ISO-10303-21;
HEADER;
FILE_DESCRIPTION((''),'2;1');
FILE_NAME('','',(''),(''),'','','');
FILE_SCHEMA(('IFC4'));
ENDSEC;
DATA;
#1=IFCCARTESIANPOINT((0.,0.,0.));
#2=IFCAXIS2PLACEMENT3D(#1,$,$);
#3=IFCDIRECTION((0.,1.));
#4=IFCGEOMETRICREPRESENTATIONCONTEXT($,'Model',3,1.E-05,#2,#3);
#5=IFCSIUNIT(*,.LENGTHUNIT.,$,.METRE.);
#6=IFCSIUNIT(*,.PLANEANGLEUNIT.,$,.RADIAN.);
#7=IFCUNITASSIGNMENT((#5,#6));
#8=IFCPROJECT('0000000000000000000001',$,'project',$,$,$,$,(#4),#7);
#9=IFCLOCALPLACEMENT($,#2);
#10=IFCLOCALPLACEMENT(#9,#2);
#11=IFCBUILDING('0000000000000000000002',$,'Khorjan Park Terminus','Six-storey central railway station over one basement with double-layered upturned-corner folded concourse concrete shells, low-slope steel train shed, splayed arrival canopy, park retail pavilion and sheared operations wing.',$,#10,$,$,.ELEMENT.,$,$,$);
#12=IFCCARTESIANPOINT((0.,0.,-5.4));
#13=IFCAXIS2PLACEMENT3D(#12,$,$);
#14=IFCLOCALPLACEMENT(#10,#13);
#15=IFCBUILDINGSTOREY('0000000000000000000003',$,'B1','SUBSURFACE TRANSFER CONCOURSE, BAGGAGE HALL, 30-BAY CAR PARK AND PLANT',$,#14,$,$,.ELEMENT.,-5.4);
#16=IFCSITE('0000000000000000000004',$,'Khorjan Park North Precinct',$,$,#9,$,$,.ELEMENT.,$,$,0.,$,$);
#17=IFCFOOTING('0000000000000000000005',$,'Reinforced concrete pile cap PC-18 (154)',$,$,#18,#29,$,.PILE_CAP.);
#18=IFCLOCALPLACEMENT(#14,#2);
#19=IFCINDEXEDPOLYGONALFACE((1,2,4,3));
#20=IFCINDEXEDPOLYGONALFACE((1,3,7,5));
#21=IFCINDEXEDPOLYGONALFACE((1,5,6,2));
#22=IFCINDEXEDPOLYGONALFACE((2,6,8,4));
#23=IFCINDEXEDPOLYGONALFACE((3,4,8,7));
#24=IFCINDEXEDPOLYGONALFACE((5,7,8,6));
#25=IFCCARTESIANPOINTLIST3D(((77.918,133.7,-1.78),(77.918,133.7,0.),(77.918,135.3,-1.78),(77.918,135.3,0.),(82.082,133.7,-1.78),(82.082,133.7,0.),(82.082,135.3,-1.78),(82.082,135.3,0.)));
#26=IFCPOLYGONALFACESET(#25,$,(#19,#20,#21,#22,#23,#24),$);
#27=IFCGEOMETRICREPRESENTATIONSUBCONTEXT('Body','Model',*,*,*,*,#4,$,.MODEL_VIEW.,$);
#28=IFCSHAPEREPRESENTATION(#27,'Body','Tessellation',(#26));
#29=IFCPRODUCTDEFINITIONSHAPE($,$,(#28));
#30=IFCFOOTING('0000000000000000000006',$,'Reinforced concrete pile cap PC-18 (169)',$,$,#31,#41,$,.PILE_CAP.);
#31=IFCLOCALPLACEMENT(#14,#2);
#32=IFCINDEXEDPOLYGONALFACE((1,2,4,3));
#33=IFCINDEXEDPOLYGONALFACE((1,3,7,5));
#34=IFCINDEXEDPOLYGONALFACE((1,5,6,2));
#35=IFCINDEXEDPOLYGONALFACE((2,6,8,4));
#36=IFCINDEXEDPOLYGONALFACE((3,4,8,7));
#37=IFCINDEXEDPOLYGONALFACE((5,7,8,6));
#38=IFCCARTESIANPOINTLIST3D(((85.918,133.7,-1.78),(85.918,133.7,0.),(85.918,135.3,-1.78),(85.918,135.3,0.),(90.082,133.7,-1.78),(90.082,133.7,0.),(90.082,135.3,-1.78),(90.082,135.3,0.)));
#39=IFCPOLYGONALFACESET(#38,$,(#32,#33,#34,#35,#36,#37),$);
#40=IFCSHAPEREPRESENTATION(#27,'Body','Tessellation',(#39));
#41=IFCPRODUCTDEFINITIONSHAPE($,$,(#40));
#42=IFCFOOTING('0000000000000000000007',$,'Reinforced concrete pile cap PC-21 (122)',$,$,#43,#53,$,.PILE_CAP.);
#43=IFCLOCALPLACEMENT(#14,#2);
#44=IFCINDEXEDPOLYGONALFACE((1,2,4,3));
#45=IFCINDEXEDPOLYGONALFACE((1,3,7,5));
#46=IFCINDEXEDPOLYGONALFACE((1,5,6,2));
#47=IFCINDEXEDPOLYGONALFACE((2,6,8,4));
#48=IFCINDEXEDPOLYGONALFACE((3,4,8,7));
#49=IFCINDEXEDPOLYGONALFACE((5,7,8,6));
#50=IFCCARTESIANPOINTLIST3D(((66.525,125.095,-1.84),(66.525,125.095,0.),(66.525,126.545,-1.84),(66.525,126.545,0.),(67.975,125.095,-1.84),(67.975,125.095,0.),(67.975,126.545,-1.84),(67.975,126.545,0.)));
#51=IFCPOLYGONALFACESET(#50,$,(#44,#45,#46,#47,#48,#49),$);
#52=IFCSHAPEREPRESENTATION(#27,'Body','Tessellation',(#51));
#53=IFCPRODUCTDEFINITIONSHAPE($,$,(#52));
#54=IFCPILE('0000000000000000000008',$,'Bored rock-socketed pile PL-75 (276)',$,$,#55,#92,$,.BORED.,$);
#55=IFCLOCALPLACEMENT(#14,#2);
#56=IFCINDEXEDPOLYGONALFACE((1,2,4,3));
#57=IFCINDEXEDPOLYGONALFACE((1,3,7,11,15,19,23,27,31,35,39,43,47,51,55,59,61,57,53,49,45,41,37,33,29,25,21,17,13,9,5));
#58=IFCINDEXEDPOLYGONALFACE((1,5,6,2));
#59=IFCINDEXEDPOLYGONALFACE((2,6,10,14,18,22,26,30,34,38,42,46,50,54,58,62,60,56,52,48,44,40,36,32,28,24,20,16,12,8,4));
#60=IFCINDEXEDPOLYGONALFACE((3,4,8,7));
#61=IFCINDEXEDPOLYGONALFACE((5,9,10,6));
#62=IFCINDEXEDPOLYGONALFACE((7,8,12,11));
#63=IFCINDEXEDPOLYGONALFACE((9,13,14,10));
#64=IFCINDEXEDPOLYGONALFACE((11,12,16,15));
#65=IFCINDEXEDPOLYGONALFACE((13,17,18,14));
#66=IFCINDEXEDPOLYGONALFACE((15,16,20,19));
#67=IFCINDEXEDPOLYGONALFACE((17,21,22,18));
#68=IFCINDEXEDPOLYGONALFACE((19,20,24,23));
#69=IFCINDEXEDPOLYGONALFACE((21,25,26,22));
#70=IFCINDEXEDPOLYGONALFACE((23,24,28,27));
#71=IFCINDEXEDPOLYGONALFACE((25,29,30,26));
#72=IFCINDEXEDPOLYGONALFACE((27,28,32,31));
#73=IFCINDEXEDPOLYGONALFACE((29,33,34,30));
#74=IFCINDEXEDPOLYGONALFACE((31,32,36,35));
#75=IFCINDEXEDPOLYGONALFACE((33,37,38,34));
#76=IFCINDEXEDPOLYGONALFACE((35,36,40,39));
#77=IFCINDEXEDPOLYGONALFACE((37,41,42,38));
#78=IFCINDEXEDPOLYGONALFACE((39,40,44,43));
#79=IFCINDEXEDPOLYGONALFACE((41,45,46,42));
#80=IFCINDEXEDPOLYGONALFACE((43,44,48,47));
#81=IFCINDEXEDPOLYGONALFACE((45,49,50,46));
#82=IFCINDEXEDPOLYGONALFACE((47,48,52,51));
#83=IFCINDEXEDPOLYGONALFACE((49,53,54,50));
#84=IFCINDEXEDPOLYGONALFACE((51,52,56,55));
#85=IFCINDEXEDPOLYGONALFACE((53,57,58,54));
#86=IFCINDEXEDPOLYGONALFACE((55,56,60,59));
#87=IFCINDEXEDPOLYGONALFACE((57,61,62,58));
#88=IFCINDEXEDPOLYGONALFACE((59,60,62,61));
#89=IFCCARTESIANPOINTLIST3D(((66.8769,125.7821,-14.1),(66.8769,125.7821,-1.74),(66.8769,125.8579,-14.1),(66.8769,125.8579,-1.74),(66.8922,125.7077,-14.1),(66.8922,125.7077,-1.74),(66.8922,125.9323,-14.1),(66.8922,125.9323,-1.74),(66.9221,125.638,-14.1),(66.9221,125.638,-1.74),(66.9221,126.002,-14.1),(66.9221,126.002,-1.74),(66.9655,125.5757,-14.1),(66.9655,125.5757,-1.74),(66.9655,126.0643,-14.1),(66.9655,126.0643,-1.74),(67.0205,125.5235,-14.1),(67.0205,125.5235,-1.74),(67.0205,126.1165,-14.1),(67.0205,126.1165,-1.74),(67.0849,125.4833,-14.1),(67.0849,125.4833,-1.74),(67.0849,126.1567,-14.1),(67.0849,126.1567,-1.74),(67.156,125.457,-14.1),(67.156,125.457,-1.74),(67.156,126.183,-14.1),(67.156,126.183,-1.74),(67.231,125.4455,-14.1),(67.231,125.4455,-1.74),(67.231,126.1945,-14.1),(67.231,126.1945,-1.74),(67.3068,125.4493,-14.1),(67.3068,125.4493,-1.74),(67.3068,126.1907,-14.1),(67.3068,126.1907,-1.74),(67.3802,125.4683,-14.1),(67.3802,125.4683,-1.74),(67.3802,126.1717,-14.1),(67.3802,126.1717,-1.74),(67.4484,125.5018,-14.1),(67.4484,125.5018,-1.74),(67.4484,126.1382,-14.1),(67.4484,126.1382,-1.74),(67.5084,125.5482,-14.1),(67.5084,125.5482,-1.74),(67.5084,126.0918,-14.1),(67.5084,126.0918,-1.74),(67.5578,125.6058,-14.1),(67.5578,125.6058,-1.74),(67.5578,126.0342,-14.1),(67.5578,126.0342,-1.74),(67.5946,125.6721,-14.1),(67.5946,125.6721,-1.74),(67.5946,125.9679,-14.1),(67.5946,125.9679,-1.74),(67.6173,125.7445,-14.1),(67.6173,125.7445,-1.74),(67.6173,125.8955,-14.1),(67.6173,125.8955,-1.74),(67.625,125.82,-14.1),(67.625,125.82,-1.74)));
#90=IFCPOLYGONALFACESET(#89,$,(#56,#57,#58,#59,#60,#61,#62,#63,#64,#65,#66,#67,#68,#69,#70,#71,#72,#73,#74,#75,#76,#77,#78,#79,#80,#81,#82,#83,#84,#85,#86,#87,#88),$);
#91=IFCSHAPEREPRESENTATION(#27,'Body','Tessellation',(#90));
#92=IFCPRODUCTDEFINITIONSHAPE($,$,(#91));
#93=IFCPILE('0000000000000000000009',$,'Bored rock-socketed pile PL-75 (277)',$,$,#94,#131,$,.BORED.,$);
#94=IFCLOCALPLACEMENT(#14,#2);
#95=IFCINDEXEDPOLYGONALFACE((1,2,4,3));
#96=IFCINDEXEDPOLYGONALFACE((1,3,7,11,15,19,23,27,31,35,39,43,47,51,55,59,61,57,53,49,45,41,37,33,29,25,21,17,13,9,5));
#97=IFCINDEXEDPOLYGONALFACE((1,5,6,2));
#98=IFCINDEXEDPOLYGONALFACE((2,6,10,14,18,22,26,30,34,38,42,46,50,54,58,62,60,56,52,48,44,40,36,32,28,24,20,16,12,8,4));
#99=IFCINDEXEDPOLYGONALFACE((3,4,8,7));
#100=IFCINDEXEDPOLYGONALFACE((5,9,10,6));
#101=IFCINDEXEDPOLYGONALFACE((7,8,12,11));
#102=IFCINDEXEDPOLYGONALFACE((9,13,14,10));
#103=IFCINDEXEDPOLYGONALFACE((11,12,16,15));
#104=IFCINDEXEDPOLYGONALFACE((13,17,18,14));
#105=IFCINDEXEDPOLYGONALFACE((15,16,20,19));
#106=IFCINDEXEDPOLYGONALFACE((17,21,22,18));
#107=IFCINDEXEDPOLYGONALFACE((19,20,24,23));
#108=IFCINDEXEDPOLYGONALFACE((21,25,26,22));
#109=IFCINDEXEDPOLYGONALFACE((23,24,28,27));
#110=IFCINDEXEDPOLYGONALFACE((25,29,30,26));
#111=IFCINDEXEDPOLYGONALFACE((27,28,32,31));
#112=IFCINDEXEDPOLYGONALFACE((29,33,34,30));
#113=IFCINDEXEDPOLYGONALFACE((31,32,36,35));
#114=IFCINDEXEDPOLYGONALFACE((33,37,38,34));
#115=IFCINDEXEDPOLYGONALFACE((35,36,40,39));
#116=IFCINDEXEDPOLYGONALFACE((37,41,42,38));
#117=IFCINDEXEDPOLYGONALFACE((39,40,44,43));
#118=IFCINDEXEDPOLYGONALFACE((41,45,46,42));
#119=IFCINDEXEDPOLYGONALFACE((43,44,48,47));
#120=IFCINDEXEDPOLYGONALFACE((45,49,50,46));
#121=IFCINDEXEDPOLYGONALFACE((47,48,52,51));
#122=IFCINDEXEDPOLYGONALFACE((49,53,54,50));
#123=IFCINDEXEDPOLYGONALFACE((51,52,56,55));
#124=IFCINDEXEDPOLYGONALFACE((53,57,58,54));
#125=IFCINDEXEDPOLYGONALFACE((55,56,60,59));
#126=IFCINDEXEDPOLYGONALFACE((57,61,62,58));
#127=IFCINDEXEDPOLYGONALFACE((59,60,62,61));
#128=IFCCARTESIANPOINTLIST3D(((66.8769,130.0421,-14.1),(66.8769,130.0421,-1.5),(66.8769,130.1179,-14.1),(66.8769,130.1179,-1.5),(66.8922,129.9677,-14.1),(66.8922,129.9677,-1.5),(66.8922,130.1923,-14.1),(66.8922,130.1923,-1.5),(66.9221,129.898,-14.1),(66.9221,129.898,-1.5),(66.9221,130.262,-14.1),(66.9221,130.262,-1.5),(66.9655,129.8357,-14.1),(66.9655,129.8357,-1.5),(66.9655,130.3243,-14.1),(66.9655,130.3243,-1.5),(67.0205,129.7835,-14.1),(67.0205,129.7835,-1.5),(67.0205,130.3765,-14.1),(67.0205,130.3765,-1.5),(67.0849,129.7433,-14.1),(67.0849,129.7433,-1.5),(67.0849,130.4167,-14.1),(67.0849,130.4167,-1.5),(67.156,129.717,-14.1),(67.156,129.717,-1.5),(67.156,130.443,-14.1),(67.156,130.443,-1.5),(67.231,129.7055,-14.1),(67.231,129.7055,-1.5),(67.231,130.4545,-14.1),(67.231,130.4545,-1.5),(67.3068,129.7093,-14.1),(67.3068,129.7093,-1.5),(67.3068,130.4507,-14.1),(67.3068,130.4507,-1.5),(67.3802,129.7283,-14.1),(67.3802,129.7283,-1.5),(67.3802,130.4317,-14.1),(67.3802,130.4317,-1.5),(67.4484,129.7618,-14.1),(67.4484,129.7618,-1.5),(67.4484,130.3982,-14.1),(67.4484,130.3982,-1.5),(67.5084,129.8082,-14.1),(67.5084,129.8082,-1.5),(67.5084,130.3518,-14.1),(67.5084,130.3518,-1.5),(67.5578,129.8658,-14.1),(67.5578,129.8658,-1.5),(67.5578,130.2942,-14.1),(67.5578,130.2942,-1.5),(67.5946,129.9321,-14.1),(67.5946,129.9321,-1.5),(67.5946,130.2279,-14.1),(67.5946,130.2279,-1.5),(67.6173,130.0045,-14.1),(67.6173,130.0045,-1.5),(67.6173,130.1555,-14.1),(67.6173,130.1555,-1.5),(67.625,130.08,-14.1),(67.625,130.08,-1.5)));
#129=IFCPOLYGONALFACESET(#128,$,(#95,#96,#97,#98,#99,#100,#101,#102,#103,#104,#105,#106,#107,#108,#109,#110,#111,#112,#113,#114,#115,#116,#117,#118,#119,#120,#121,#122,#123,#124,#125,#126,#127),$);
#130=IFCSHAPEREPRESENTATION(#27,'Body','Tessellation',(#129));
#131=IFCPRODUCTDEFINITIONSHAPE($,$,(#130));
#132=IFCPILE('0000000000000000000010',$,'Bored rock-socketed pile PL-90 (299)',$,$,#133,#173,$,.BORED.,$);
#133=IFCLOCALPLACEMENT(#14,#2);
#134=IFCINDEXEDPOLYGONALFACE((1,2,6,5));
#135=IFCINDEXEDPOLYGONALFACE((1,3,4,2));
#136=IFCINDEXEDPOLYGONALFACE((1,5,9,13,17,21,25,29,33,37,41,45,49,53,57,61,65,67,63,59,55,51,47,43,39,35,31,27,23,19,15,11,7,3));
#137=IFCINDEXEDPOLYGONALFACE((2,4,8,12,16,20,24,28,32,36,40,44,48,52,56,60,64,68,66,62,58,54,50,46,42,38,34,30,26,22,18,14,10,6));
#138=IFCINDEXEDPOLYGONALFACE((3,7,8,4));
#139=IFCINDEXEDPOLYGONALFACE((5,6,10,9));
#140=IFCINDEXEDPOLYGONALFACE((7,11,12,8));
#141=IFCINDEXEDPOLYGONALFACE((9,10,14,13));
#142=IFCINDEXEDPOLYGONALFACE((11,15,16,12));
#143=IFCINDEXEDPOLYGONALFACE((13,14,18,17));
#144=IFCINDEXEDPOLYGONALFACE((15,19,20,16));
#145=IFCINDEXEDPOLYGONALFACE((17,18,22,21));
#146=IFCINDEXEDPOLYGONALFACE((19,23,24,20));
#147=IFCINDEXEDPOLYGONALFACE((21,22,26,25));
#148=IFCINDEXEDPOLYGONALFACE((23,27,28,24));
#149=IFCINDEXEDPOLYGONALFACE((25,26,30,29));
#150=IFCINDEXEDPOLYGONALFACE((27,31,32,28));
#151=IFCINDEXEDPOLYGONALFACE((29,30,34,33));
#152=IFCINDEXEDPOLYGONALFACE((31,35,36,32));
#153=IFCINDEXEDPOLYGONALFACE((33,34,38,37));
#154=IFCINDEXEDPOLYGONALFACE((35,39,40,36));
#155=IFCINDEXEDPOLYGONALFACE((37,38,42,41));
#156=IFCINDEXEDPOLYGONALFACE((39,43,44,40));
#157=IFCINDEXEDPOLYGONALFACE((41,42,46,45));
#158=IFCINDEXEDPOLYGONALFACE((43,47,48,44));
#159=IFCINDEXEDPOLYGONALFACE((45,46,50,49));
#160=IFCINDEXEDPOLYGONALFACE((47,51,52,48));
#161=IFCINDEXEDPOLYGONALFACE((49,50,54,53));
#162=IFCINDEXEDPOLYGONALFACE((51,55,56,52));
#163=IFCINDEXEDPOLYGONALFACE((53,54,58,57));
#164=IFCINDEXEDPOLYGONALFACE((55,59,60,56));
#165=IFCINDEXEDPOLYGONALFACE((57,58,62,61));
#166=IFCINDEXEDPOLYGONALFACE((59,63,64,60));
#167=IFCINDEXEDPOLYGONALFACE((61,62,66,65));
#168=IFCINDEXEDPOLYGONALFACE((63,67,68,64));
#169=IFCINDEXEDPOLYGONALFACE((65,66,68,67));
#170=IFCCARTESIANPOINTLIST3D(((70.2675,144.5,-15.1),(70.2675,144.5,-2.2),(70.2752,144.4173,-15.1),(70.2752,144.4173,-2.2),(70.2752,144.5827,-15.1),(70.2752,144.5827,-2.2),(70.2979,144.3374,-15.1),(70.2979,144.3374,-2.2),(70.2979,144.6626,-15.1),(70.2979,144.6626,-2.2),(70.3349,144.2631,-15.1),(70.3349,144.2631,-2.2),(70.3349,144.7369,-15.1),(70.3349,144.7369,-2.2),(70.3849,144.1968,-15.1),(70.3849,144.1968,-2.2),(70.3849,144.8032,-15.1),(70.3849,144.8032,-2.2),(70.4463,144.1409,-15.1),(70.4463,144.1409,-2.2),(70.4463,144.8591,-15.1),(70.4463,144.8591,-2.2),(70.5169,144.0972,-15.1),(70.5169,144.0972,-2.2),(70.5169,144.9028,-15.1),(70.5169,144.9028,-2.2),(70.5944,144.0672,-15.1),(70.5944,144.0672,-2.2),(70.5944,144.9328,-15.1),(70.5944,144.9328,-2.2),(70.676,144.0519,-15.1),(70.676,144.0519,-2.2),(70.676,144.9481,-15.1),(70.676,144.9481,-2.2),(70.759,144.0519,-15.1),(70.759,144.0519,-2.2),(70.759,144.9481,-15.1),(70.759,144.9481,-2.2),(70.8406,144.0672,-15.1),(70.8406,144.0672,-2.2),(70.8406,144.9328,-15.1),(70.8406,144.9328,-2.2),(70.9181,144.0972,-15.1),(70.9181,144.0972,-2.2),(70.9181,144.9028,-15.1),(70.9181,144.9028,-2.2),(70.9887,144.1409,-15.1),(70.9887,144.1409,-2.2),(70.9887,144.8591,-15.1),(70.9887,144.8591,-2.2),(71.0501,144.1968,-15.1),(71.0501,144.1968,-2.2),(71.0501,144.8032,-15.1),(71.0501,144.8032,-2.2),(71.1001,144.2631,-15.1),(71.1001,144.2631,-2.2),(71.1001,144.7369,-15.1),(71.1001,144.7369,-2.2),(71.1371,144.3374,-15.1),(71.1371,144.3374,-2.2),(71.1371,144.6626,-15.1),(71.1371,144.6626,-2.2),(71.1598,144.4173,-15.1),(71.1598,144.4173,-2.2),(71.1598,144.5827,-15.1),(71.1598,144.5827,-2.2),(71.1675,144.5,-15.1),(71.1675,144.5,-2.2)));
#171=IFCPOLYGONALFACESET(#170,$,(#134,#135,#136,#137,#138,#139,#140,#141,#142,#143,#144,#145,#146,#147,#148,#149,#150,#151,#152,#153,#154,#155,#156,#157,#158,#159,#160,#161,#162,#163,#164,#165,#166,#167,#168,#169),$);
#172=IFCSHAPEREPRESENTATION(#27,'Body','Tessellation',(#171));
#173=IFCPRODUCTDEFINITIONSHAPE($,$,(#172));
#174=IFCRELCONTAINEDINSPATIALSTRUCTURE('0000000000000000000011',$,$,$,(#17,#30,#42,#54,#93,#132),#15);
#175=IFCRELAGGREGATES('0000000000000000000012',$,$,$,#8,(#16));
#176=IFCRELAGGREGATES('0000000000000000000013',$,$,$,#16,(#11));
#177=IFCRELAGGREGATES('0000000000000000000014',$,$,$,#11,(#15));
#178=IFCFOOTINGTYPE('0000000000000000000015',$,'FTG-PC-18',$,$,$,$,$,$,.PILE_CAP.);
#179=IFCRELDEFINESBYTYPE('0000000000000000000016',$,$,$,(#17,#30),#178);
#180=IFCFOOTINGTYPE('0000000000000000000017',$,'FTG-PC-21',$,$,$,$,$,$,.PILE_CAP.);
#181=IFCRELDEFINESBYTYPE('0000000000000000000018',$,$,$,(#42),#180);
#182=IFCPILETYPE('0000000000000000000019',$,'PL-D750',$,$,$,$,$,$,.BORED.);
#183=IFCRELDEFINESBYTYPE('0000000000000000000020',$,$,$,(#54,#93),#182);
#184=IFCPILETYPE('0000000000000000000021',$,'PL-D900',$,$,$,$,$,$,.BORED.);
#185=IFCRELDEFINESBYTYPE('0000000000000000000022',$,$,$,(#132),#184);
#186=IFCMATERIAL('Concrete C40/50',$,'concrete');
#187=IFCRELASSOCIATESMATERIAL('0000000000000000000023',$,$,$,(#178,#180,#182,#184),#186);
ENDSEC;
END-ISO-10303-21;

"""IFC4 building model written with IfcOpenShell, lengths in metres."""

from ifc_helpers import new_model, si_unit, direction, frame, origin, origin_2d, place, context, subcontext, project, spatial, rectangle, circle, extrude, material, material_profile, profile_set, type_object, element, save


model = new_model("IFC4")

# Units and contexts
model_context = context("Model", 3, precision=1e-05, world=origin(), true_north=direction((0.0, 1.0)))
body_context = subcontext(model_context, "Body", "Model", "MODEL_VIEW")
ifc_project = project(units=[si_unit("LENGTHUNIT", "METRE"), si_unit("PLANEANGLEUNIT", "RADIAN")], contexts=[model_context])

# Site, building, storey
site_placement = place(None, origin())
site = spatial("IfcSite", under=ifc_project, at=site_placement, Name="Khorjan Park North Precinct", CompositionType="ELEMENT", RefElevation=0.0)
building_placement = place(site_placement, origin())
building = spatial("IfcBuilding", under=site, at=building_placement, Name="Khorjan Park Terminus", Description="Six-storey central railway station over one basement with double-layered upturned-corner folded concourse concrete shells, low-slope steel train shed, splayed arrival canopy, park retail pavilion and sheared operations wing.", CompositionType="ELEMENT")
storey_placement = place(building_placement, frame((0.0, 0.0, -5.4)))
storey = spatial("IfcBuildingStorey", under=building, at=storey_placement, Name="B1", Description="SUBSURFACE TRANSFER CONCOURSE, BAGGAGE HALL, 30-BAY CAR PARK AND PLANT", CompositionType="ELEMENT", Elevation=-5.4)

# Footings
ifc_material_1 = material(Name="Concrete C40/50", Category="concrete")
footing_type_1 = type_object("IfcFootingType", Name="FTG-PC-18", PredefinedType="PILE_CAP", material=ifc_material_1)
for number, where, z_axis, x_axis, name in (
    (1, (80.0, 134.5, -1.78), (0.0, 0.0, 1.0), (1.0, 0.0, 0.0), "Reinforced concrete pile cap PC-18 (154)"),
    (2, (88.0, 134.5, -1.78), (0.0, 0.0, 1.0), (1.0, 0.0, 0.0), "Reinforced concrete pile cap PC-18 (169)"),
):
    element("IfcFooting", number, at=place(storey_placement, frame(where, z_axis=z_axis, x_axis=x_axis)), inside=storey, type_object=footing_type_1, Name=name, PredefinedType="PILE_CAP", context=body_context, shape_type="SweptSolid", body=[
        extrude(rectangle(XDim=4.164, YDim=1.6, at=origin_2d()), origin(), (0.0, 0.0, 1.0), 1.78),
    ])
footing_type_2 = type_object("IfcFootingType", Name="FTG-PC-21", PredefinedType="PILE_CAP", material=ifc_material_1)
footing_1_placement = place(storey_placement, frame((67.25, 125.82, -1.84), z_axis=(0.0, 0.0, 1.0), x_axis=(1.0, 0.0, 0.0)))
element("IfcFooting", 3, at=footing_1_placement, inside=storey, type_object=footing_type_2, Name="Reinforced concrete pile cap PC-21 (122)", PredefinedType="PILE_CAP", context=body_context, shape_type="SweptSolid", body=[
    extrude(rectangle(XDim=1.45, YDim=1.45, at=origin_2d()), origin(), (0.0, 0.0, 1.0), 1.84),
])

# Piles
ifc_material_profile_1 = material_profile(ifc_material_1, circle(Radius=0.375, at=origin_2d()), Name="BORED D750")
ifc_profile_set_1 = profile_set([ifc_material_profile_1], Name="Concrete C40/50")
pile_type_1 = type_object("IfcPileType", Name="PL-D750", PredefinedType="BORED", material=ifc_profile_set_1)
pile_1_placement = place(storey_placement, frame((67.25, 125.82, -1.74), z_axis=(0.0, 0.0, -1.0), x_axis=(1.0, 0.0, 0.0)))
element("IfcPile", 4, at=pile_1_placement, inside=storey, type_object=pile_type_1, Name="Bored rock-socketed pile PL-75 (276)", PredefinedType="BORED", context=body_context, shape_type="SweptSolid", body=[
    extrude(circle(Radius=0.375, at=origin_2d()), origin(), (0.0, 0.0, 1.0), 12.36),
])
pile_2_placement = place(storey_placement, frame((67.25, 130.08, -1.5), z_axis=(0.0, 0.0, -1.0), x_axis=(1.0, 0.0, 0.0)))
element("IfcPile", 5, at=pile_2_placement, inside=storey, type_object=pile_type_1, Name="Bored rock-socketed pile PL-75 (277)", PredefinedType="BORED", context=body_context, shape_type="SweptSolid", body=[
    extrude(circle(Radius=0.375, at=origin_2d()), origin(), (0.0, 0.0, 1.0), 12.6),
])
ifc_material_profile_2 = material_profile(ifc_material_1, circle(Radius=0.45, at=origin_2d()), Name="BORED D900")
ifc_profile_set_2 = profile_set([ifc_material_profile_2], Name="Concrete C40/50")
pile_type_2 = type_object("IfcPileType", Name="PL-D900", PredefinedType="BORED", material=ifc_profile_set_2)
pile_3_placement = place(storey_placement, frame((70.7175, 144.5, -2.2), z_axis=(0.0, 0.0, -1.0), x_axis=(1.0, 0.0, 0.0)))
element("IfcPile", 6, at=pile_3_placement, inside=storey, type_object=pile_type_2, Name="Bored rock-socketed pile PL-90 (299)", PredefinedType="BORED", context=body_context, shape_type="SweptSolid", body=[
    extrude(circle(Radius=0.45, at=origin_2d()), origin(), (0.0, 0.0, 1.0), 12.9),
])

save(model, "model.ifc")
